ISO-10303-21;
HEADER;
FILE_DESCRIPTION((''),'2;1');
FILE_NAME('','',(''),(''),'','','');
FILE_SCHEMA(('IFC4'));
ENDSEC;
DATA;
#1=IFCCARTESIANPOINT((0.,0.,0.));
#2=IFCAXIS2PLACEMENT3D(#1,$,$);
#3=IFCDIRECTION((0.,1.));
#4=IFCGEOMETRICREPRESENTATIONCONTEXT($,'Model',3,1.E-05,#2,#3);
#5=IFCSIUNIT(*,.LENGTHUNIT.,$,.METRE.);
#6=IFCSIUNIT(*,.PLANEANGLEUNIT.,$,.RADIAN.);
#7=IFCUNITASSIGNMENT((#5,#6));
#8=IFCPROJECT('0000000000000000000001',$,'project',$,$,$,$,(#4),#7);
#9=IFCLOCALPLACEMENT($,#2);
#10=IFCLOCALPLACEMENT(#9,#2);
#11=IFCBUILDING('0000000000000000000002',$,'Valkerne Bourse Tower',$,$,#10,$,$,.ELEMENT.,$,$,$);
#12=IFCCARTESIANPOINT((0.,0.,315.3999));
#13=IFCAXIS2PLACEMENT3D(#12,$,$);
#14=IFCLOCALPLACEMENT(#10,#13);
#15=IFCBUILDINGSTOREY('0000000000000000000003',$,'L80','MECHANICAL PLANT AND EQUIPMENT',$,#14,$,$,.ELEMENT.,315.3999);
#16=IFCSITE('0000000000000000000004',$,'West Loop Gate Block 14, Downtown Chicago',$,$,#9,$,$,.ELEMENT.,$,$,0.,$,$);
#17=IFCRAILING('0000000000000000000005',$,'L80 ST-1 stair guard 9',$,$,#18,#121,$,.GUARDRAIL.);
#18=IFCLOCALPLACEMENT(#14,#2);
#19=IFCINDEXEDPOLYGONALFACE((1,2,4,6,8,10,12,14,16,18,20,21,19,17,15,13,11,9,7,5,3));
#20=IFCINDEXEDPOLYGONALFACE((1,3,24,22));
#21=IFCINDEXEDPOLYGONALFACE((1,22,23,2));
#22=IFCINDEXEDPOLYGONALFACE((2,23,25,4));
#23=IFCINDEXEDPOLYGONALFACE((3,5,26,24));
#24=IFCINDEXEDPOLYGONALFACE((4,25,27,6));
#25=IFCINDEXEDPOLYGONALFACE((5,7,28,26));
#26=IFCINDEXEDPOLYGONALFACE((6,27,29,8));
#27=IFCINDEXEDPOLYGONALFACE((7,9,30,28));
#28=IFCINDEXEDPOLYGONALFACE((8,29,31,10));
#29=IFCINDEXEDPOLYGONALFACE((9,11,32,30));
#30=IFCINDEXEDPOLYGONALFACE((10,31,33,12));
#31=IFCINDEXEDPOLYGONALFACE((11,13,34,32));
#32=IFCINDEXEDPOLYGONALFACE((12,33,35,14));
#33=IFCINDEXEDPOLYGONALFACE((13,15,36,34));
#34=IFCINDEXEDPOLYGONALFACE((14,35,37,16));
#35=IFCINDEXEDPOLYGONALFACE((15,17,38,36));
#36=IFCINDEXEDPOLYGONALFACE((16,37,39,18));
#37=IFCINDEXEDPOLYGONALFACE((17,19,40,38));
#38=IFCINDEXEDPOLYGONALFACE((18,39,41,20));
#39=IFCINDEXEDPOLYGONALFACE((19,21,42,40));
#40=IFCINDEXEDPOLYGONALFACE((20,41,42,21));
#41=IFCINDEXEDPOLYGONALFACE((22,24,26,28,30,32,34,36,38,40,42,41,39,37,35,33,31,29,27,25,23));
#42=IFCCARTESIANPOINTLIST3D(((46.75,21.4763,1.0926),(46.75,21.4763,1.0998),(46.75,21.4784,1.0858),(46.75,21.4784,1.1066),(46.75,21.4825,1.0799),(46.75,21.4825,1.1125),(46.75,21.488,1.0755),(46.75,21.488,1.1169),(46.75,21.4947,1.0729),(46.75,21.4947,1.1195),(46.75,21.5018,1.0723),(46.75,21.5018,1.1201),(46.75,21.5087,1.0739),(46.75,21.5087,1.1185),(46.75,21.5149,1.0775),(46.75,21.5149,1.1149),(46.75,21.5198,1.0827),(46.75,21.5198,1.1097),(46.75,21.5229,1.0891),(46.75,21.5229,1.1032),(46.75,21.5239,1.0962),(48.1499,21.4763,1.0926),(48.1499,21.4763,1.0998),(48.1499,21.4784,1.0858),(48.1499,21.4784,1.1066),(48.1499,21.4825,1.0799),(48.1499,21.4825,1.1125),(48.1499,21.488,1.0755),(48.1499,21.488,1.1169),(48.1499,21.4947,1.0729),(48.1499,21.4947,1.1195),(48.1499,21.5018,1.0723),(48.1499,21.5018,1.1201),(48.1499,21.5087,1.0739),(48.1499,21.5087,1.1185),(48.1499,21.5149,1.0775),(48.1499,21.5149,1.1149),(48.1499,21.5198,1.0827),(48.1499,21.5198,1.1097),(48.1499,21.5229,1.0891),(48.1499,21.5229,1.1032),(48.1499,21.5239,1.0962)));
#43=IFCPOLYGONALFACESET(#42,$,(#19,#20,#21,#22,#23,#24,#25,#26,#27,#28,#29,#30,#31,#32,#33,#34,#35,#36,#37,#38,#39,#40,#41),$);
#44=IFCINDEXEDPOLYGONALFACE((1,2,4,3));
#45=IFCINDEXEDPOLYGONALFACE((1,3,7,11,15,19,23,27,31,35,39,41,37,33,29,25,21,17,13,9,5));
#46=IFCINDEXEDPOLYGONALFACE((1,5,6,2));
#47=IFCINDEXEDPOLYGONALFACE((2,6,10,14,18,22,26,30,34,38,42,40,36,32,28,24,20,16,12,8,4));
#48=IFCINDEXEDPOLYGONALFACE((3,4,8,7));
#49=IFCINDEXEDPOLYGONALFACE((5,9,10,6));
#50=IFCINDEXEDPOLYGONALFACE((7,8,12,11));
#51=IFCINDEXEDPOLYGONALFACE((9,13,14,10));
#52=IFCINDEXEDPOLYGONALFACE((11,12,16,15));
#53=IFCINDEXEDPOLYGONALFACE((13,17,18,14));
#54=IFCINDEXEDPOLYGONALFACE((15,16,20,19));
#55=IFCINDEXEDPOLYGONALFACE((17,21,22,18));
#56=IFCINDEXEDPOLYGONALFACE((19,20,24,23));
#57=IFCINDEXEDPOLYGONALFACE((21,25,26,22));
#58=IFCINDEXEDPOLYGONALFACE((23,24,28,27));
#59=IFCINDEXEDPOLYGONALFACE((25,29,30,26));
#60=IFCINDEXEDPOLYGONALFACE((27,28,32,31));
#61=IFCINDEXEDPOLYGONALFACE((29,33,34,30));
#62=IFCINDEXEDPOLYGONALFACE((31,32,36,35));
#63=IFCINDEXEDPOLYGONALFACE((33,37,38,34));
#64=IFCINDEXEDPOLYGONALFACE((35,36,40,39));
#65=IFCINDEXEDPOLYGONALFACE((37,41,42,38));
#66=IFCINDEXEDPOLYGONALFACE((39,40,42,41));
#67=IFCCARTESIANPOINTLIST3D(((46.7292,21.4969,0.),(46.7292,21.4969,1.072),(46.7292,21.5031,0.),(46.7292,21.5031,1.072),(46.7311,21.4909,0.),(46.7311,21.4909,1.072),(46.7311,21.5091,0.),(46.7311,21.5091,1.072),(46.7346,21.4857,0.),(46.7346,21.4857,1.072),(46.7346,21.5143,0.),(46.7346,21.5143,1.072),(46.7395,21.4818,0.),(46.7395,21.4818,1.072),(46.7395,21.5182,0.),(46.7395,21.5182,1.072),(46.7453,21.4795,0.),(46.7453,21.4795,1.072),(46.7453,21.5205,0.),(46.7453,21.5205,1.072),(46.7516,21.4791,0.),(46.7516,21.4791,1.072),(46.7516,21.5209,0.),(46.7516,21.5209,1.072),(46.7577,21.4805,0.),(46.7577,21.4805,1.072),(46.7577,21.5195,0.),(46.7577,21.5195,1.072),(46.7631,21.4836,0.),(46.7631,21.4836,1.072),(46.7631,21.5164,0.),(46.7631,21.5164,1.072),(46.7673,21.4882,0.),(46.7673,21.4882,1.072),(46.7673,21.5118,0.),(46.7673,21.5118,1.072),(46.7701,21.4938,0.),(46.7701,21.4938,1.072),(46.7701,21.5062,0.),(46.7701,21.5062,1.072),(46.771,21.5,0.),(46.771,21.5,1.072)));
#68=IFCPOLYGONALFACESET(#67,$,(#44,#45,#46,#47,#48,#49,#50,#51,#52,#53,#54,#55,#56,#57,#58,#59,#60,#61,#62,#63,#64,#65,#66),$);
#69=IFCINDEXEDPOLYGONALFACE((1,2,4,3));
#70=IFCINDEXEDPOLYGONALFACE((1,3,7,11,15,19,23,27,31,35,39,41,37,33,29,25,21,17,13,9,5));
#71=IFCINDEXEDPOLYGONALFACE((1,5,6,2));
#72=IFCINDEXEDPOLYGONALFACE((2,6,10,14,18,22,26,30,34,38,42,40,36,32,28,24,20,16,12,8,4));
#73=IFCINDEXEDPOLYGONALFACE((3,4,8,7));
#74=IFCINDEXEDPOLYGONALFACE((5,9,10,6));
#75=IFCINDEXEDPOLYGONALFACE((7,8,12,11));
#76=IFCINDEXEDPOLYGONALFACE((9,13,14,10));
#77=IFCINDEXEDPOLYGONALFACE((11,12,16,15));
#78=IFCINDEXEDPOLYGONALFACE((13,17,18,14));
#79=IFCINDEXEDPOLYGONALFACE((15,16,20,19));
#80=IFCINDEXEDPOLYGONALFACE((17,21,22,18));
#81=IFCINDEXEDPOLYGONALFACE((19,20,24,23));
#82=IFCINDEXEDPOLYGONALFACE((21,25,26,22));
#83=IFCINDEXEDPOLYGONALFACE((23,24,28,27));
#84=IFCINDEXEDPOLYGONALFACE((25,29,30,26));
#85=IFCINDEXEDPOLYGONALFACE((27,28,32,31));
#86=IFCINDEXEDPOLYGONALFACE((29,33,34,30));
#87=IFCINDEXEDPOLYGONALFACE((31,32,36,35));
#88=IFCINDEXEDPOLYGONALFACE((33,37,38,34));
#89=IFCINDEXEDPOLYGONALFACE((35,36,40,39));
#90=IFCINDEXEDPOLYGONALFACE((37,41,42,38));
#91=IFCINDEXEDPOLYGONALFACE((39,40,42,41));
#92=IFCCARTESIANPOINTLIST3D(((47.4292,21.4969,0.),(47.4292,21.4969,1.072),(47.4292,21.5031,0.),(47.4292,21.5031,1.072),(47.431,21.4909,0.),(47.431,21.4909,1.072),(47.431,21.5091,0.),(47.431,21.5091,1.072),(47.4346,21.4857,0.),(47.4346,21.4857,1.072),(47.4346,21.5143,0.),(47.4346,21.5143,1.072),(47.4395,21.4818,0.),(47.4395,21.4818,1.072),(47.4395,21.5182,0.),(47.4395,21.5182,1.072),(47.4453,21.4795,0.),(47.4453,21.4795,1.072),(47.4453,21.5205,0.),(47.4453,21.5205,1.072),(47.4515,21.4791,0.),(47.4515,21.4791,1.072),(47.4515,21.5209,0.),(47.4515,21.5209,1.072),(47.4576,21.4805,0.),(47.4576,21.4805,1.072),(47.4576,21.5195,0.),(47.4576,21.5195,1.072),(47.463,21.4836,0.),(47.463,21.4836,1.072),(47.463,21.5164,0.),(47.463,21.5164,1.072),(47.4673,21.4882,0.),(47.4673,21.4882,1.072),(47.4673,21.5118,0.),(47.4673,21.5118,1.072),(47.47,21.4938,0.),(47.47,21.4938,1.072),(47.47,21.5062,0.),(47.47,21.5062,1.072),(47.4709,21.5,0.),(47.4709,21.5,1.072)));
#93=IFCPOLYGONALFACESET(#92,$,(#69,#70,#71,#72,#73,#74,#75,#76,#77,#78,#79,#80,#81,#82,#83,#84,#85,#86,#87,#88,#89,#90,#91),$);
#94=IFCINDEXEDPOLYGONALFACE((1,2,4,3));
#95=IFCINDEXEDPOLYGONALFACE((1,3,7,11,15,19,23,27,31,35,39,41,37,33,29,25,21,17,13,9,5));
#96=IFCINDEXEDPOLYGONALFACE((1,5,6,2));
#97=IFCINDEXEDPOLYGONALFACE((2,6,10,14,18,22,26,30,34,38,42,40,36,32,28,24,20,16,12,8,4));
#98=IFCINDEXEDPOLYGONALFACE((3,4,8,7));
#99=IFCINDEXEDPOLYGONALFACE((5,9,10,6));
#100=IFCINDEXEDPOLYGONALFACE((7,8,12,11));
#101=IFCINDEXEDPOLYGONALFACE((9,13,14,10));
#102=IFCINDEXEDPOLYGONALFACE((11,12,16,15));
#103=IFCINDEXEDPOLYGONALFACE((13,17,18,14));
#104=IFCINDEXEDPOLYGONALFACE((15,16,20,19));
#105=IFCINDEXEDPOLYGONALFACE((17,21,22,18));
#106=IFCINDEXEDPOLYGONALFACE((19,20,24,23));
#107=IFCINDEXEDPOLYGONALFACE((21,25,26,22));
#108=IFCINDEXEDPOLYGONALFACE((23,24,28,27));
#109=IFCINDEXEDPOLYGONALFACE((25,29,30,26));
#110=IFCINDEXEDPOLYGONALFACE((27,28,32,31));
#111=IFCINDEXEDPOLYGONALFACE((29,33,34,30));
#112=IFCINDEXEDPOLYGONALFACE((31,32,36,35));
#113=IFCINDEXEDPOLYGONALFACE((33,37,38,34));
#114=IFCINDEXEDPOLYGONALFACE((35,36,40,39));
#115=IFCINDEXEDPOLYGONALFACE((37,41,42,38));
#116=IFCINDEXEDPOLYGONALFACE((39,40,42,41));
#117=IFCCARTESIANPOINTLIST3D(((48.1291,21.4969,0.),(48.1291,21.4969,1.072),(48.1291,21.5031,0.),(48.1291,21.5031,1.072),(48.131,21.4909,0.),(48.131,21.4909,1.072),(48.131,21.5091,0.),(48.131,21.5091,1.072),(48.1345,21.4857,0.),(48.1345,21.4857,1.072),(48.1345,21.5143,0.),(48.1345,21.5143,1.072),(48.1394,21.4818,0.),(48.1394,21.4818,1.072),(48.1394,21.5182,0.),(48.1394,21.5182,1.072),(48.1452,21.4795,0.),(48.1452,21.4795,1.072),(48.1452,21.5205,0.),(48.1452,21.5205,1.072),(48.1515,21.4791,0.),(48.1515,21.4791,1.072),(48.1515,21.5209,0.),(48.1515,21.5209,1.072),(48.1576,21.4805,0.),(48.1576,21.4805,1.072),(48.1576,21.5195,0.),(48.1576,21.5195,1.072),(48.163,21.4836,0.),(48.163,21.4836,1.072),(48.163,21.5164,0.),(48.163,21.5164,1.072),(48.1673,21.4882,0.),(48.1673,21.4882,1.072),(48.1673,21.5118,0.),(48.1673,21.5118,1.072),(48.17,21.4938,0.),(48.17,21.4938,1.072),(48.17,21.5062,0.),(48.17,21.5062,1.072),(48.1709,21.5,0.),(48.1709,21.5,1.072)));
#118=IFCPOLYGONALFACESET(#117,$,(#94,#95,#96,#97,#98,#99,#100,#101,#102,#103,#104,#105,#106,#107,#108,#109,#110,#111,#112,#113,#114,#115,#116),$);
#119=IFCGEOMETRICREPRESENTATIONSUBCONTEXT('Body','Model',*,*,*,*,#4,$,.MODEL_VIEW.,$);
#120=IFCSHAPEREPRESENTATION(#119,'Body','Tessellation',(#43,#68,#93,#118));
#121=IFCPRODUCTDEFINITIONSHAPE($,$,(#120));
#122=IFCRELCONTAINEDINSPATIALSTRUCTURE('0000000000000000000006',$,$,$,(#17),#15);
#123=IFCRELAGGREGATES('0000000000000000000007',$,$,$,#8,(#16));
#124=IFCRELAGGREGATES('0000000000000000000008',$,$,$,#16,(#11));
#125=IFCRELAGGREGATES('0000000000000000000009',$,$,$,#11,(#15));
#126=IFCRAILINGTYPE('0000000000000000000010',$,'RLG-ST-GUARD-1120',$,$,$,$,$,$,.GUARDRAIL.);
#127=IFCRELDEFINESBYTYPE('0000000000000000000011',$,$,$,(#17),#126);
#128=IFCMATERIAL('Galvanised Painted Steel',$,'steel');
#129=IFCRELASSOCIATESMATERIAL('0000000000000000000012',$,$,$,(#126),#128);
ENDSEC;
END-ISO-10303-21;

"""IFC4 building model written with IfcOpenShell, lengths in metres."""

from ifc_helpers import new_model, si_unit, direction, frame, origin, origin_2d, place, context, subcontext, project, spatial, circle, extrude, material, type_object, element, save


model = new_model("IFC4")

# Units and contexts
model_context = context("Model", 3, precision=1e-05, world=origin(), true_north=direction((0.0, 1.0)))
body_context = subcontext(model_context, "Body", "Model", "MODEL_VIEW")
ifc_project = project(units=[si_unit("LENGTHUNIT", "METRE"), si_unit("PLANEANGLEUNIT", "RADIAN")], contexts=[model_context])

# Site, building, storey
site_placement = place(None, origin())
site = spatial("IfcSite", under=ifc_project, at=site_placement, Name="West Loop Gate Block 14, Downtown Chicago", CompositionType="ELEMENT", RefElevation=0.0)
building_placement = place(site_placement, origin())
building = spatial("IfcBuilding", under=site, at=building_placement, Name="Valkerne Bourse Tower", CompositionType="ELEMENT")
storey_placement = place(building_placement, frame((0.0, 0.0, 315.3999)))
storey = spatial("IfcBuildingStorey", under=building, at=storey_placement, Name="L80", Description="MECHANICAL PLANT AND EQUIPMENT", CompositionType="ELEMENT", Elevation=315.3999)

# Railing
ifc_material_1 = material(Name="Galvanised Painted Steel", Category="steel")
railing_type_1 = type_object("IfcRailingType", Name="RLG-ST-GUARD-1120", PredefinedType="GUARDRAIL", material=ifc_material_1)
for number, where, name in (
    (1, (46.75, 21.5, 0.0), "L80 ST-1 stair guard 9"),
):
    element("IfcRailing", number, at=place(storey_placement, frame(where)), inside=storey, type_object=railing_type_1, Name=name, PredefinedType="GUARDRAIL", context=body_context, shape_type="SweptSolid", body=[
        extrude(circle(Radius=0.0239, at=origin_2d()), frame((0.0, 0.0, 1.0962), z_axis=(1.0, 0.0, 0.0), x_axis=(0.0, 1.0, 0.0)), (0.0, 0.0, 1.0), 1.3999),
        extrude(circle(Radius=0.021, at=origin_2d()), origin(), (0.0, 0.0, 1.0), 1.072),
        extrude(circle(Radius=0.021, at=origin_2d()), frame((0.7, 0.0, 0.0)), (0.0, 0.0, 1.0), 1.072),
        extrude(circle(Radius=0.021, at=origin_2d()), frame((1.3999, 0.0, 0.0)), (0.0, 0.0, 1.0), 1.072),
    ])

save(model, "model.ifc")
